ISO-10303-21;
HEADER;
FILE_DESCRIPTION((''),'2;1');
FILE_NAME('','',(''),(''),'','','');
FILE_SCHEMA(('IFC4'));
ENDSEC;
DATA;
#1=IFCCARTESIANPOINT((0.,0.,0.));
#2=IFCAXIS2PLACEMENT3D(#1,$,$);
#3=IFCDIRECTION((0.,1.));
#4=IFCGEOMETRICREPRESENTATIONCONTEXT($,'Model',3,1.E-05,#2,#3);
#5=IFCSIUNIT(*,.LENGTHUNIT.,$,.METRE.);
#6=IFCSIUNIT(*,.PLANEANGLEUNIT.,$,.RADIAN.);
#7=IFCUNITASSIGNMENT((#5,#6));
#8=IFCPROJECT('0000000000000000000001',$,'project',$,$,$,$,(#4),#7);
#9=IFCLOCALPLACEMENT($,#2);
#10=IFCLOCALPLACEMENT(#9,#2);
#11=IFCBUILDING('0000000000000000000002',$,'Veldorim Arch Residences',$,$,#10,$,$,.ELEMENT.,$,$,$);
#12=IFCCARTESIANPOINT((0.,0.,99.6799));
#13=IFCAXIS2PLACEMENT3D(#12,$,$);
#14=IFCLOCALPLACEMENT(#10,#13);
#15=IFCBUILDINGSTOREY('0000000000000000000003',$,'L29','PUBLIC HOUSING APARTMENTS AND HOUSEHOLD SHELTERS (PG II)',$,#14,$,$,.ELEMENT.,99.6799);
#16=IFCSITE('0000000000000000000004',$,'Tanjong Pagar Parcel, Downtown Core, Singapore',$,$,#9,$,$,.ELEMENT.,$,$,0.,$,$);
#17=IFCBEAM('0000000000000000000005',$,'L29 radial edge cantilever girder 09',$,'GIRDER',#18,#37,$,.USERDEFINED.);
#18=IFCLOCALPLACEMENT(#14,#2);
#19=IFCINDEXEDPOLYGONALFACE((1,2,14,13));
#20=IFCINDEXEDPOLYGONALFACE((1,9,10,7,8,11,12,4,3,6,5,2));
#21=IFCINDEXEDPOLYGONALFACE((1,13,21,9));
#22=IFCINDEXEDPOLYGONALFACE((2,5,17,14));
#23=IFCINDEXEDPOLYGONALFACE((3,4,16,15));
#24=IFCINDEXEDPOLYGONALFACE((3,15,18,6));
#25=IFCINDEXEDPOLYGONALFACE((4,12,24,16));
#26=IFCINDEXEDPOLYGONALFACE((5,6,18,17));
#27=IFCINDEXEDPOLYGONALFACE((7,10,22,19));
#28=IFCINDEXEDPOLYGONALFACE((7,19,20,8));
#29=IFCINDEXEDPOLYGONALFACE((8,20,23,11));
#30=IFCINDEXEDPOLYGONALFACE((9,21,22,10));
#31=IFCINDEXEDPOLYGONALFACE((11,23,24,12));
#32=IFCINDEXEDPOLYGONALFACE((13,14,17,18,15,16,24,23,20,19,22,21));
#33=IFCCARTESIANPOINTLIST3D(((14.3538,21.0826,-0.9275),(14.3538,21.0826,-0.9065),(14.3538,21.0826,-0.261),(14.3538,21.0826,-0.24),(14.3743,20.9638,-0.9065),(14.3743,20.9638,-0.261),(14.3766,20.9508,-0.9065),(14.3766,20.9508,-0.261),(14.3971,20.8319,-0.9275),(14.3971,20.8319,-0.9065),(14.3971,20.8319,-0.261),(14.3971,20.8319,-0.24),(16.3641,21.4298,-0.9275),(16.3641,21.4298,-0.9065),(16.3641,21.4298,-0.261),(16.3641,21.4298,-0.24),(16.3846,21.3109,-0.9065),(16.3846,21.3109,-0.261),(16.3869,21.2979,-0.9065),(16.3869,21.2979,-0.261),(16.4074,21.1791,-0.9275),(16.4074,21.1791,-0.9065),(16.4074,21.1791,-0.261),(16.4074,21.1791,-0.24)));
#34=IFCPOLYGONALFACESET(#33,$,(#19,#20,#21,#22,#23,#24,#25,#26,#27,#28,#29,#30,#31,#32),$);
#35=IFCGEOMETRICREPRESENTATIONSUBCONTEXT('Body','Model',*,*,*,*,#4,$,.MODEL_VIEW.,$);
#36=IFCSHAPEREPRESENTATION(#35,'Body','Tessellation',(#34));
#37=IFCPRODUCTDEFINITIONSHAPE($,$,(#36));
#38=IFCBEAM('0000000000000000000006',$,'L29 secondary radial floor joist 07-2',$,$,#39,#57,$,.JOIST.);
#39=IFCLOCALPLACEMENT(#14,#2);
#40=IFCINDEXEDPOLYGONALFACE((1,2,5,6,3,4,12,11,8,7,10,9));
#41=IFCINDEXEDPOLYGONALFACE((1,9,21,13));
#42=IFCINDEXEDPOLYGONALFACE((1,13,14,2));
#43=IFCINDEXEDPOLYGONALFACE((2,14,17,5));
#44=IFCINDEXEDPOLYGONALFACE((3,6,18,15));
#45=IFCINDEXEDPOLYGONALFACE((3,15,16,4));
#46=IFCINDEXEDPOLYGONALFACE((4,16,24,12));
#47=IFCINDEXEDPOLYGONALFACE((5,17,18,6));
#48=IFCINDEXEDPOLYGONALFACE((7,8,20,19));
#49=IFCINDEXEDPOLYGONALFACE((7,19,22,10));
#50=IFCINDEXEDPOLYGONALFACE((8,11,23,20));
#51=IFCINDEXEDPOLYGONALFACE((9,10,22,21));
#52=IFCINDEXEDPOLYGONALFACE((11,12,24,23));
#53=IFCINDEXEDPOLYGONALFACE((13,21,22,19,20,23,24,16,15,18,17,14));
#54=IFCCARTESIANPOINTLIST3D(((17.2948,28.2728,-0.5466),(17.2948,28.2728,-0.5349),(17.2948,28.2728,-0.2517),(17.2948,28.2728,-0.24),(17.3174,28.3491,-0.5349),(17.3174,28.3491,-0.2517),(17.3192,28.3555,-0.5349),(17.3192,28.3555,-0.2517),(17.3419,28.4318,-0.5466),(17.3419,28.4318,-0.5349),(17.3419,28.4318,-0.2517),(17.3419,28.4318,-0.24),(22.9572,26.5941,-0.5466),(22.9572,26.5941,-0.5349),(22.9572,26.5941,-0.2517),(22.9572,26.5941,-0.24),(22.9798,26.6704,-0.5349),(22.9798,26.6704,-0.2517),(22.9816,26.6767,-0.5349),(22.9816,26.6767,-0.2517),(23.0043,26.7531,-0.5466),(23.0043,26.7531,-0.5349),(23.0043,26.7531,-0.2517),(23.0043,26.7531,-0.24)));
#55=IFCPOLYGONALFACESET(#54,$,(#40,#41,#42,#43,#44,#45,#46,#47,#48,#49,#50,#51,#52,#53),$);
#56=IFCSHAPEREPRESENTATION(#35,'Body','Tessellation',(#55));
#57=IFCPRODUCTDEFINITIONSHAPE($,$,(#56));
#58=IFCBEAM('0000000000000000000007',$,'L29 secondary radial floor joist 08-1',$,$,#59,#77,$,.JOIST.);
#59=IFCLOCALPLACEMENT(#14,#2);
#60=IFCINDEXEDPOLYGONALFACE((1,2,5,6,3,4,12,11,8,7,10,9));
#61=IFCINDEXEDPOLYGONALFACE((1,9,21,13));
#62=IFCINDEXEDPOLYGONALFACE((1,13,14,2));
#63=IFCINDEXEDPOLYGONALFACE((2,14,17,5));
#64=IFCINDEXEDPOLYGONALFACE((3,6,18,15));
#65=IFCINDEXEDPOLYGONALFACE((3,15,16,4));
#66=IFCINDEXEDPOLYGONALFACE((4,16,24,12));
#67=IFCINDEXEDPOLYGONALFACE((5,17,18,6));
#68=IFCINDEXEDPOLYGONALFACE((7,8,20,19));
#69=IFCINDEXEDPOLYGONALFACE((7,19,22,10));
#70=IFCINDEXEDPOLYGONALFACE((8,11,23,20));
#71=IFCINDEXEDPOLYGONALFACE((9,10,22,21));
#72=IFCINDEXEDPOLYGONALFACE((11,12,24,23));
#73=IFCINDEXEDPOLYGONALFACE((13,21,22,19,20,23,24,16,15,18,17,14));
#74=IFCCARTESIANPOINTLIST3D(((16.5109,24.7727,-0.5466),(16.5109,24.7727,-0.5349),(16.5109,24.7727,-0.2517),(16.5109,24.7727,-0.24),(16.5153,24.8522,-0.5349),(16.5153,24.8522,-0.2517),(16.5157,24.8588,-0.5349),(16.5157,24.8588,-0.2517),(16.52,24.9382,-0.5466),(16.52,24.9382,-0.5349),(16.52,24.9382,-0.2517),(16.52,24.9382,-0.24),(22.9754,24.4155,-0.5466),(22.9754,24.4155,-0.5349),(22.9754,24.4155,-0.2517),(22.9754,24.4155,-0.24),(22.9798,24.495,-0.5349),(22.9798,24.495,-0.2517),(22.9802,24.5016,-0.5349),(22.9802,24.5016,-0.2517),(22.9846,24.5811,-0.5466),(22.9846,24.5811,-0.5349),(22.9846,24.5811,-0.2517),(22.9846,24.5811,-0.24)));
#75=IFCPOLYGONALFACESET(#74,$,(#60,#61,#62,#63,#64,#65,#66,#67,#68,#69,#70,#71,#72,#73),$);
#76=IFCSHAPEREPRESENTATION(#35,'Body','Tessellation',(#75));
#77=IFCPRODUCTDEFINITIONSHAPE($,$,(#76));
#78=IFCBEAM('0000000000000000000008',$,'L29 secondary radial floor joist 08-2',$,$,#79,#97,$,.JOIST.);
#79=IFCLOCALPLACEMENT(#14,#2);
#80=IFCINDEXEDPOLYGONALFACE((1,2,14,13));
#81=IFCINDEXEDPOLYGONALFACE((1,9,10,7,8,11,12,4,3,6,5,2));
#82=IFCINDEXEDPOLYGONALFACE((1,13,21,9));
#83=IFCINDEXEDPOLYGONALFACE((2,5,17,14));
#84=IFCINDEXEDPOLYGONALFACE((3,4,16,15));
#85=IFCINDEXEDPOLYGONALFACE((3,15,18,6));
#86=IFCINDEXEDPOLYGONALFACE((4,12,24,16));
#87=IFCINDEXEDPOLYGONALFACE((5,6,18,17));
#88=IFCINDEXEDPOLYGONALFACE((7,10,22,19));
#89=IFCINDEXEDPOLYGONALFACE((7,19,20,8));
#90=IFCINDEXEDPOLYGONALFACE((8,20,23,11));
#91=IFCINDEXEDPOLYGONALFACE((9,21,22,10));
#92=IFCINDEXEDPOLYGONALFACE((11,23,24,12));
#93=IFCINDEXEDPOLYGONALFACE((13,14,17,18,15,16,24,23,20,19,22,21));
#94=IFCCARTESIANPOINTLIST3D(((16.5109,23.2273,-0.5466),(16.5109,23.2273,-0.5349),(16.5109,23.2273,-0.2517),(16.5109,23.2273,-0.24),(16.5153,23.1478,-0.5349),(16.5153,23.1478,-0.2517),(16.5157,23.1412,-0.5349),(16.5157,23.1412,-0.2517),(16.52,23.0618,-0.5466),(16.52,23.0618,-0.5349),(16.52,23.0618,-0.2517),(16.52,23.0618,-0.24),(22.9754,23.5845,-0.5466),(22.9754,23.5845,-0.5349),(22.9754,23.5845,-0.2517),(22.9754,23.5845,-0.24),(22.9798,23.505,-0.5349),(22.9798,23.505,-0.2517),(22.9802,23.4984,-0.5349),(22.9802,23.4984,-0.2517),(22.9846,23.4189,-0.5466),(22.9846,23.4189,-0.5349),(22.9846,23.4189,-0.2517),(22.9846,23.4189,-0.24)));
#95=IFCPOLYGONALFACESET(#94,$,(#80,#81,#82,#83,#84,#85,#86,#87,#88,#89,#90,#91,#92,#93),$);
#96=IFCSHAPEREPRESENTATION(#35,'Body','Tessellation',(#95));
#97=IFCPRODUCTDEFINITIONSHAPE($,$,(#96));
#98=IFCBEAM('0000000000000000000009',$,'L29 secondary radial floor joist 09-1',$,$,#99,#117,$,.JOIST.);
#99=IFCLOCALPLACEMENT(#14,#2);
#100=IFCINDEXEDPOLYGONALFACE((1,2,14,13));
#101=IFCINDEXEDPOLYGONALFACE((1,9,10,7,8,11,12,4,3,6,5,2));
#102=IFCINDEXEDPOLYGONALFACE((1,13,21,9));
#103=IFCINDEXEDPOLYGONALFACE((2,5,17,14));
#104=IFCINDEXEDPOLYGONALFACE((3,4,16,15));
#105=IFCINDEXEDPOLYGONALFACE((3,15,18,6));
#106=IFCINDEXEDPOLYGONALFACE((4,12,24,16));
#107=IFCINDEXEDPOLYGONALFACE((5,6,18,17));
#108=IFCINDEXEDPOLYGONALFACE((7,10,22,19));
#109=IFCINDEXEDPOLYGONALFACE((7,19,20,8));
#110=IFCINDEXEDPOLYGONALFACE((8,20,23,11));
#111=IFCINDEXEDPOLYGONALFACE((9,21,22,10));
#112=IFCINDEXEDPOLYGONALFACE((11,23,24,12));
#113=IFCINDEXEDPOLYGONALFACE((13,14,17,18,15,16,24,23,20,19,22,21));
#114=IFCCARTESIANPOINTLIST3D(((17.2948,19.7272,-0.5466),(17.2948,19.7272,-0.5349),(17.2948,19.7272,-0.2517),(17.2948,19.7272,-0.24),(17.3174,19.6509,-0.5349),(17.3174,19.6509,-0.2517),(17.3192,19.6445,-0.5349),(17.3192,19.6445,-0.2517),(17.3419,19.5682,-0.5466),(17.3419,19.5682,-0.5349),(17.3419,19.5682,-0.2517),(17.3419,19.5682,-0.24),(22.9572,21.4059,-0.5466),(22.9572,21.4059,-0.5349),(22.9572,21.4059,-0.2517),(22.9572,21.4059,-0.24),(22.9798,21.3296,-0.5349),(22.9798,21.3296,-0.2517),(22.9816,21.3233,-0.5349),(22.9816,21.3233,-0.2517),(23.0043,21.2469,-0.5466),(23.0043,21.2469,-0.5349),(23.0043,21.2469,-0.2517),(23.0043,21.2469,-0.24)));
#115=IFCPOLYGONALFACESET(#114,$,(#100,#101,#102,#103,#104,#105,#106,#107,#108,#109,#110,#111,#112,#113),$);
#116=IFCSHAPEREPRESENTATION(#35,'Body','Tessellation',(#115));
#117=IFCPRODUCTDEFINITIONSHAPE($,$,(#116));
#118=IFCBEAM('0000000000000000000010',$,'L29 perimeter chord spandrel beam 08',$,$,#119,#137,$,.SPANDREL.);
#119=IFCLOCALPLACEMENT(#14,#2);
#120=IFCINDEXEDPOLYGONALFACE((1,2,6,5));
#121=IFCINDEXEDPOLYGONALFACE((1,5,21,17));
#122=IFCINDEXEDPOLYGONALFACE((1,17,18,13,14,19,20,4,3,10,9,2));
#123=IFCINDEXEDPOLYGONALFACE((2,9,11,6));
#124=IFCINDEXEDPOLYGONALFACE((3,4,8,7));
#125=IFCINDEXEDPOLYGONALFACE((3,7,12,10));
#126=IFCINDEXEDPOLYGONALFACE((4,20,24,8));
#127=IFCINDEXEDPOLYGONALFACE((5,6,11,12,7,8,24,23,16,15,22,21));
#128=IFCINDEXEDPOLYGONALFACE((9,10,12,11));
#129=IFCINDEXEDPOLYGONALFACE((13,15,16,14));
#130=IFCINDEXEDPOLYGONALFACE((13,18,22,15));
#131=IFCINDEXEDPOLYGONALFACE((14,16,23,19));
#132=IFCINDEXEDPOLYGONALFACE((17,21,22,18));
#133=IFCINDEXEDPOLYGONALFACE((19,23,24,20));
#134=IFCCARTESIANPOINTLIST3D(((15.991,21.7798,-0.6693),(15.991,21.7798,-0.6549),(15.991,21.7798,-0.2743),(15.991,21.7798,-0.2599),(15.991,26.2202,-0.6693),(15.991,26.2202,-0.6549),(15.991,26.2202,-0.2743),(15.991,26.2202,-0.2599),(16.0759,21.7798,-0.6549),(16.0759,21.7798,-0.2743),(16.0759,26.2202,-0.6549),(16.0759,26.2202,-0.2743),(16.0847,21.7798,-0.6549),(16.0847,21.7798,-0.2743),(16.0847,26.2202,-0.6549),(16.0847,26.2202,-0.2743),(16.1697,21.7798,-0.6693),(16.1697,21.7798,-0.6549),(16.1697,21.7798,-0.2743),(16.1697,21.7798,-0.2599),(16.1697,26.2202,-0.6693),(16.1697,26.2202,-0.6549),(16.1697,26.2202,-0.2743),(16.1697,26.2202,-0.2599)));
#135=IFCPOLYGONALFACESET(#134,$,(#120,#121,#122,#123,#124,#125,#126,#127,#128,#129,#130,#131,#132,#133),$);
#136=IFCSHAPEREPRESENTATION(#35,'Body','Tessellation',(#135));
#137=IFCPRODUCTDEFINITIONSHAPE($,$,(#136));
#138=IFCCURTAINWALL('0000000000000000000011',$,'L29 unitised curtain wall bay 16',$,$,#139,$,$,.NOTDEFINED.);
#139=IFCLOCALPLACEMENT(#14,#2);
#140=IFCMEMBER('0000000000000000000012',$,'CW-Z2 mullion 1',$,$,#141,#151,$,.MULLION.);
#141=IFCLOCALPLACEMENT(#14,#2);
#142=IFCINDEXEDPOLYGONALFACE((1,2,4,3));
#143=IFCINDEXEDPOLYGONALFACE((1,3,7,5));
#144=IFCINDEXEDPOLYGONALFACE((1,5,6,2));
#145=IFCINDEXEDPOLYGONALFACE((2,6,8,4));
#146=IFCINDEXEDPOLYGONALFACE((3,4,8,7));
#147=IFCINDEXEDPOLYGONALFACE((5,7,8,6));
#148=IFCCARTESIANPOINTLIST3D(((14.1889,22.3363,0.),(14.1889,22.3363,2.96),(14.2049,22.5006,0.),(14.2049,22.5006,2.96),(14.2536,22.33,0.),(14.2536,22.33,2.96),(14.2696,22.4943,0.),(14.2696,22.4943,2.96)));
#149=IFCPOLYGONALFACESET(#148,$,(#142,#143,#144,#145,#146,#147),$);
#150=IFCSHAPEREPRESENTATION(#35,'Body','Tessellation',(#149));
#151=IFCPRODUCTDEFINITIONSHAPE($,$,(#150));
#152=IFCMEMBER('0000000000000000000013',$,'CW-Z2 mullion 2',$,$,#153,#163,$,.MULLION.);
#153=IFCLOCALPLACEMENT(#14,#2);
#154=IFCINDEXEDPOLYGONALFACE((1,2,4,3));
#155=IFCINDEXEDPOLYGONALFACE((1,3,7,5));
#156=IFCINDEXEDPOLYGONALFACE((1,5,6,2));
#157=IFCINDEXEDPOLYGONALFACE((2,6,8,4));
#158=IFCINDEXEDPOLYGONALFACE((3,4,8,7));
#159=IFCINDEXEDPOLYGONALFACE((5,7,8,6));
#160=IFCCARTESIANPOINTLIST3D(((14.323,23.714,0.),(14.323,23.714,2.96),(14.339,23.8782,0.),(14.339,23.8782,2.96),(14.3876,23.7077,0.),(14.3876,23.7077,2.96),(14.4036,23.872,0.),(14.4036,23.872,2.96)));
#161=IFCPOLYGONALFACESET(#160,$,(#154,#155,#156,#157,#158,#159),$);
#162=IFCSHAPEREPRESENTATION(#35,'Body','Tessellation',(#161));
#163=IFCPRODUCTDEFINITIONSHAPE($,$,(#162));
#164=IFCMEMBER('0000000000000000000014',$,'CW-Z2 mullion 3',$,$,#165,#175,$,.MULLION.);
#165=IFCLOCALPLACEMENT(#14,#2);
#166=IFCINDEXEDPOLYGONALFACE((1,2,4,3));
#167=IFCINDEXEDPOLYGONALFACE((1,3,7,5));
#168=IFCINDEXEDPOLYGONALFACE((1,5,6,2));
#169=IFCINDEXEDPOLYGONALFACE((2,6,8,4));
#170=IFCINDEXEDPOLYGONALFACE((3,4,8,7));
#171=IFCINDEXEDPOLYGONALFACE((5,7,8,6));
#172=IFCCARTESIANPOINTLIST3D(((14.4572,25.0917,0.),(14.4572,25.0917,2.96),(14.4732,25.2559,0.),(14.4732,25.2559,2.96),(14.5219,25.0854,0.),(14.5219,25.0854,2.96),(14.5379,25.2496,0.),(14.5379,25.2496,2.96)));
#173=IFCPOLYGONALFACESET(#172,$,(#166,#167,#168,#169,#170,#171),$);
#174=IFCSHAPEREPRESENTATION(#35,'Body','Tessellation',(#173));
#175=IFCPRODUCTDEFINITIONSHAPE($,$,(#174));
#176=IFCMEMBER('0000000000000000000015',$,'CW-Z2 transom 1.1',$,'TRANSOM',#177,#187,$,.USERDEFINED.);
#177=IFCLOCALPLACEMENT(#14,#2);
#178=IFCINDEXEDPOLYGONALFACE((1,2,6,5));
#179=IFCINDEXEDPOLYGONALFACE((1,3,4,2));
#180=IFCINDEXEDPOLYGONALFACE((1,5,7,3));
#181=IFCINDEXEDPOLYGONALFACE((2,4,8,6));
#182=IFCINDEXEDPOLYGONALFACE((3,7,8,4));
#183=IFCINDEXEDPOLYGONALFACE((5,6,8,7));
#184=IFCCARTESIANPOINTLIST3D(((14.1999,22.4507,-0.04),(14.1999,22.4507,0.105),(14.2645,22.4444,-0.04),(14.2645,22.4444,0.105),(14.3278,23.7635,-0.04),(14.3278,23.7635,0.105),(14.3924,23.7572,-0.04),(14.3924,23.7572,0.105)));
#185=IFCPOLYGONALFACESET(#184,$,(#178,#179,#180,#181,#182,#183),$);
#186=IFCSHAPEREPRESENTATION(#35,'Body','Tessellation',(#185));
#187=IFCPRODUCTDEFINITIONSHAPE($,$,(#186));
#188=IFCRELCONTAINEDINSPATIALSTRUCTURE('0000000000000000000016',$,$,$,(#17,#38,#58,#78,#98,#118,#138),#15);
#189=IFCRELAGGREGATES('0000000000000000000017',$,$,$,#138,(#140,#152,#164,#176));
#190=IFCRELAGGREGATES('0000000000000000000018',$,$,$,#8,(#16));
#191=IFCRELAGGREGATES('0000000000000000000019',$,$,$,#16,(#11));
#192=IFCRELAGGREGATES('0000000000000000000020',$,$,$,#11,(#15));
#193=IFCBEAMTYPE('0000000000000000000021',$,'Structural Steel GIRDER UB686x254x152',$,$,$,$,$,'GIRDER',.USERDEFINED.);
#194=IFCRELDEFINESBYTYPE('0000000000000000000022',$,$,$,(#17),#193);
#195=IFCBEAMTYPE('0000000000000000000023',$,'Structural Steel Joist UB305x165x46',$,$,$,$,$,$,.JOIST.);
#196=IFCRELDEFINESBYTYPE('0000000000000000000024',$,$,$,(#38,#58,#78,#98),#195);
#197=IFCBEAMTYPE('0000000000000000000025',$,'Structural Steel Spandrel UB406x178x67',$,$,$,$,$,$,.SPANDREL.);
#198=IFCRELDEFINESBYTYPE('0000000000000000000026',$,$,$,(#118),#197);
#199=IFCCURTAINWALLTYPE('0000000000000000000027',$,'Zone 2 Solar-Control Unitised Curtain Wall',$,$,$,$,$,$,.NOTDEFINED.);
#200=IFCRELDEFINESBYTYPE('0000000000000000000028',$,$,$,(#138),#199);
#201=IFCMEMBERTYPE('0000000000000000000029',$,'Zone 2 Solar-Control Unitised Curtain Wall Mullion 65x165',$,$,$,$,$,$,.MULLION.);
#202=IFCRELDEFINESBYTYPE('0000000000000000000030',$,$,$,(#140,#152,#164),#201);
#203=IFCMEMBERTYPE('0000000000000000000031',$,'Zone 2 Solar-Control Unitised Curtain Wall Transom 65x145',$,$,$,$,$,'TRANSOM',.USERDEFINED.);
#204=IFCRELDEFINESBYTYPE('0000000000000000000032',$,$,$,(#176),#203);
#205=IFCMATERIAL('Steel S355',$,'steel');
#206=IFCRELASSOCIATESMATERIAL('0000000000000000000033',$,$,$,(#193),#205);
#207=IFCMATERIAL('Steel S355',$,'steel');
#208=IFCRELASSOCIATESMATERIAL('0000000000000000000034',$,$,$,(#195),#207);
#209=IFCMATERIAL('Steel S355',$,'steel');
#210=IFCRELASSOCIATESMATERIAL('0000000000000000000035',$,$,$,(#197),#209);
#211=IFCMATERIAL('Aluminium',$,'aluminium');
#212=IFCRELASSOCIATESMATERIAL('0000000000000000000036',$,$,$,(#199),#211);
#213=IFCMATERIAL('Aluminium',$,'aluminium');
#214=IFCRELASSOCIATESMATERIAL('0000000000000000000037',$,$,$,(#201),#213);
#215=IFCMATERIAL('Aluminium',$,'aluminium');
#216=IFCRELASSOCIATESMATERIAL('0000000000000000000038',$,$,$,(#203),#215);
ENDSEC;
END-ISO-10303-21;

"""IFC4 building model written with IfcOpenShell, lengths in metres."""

from ifc_helpers import new_model, si_unit, direction, frame, origin, origin_2d, place, context, subcontext, project, spatial, rectangle, i_section, extrude, material, material_profile, profile_set, type_object, element, aggregate, save


model = new_model("IFC4")

# Units and contexts
model_context = context("Model", 3, precision=1e-05, world=origin(), true_north=direction((0.0, 1.0)))
body_context = subcontext(model_context, "Body", "Model", "MODEL_VIEW")
ifc_project = project(units=[si_unit("LENGTHUNIT", "METRE"), si_unit("PLANEANGLEUNIT", "RADIAN")], contexts=[model_context])

# Site, building, storey
site_placement = place(None, origin())
site = spatial("IfcSite", under=ifc_project, at=site_placement, Name="Tanjong Pagar Parcel, Downtown Core, Singapore", CompositionType="ELEMENT", RefElevation=0.0)
building_placement = place(site_placement, origin())
building = spatial("IfcBuilding", under=site, at=building_placement, Name="Veldorim Arch Residences", CompositionType="ELEMENT")
storey_placement = place(building_placement, frame((0.0, 0.0, 99.6799)))
storey = spatial("IfcBuildingStorey", under=building, at=storey_placement, Name="L29", Description="PUBLIC HOUSING APARTMENTS AND HOUSEHOLD SHELTERS (PG II)", CompositionType="ELEMENT", Elevation=99.6799)

# Beams
ifc_material_1 = material(Name="Steel S355", Category="steel")
ifc_material_profile_1 = material_profile(ifc_material_1, i_section(OverallWidth=0.2544, OverallDepth=0.6875, WebThickness=0.0132, FlangeThickness=0.021, at=origin_2d()), Name="UB686x254x152")
ifc_profile_set_1 = profile_set([ifc_material_profile_1], Name="Steel S355")
beam_type_1 = type_object("IfcBeamType", Name="Structural Steel GIRDER UB686x254x152", ElementType="GIRDER", PredefinedType="USERDEFINED", material=ifc_profile_set_1)
beam_1_placement = place(storey_placement, frame((16.3857, 21.3044, -0.5837), z_axis=(-0.985413, -0.170179, 0.0), x_axis=(0.170179, -0.985413, 0.0)))
element("IfcBeam", 1, at=beam_1_placement, inside=storey, type_object=beam_type_1, Name="L29 radial edge cantilever girder 09", ObjectType="GIRDER", PredefinedType="USERDEFINED", context=body_context, shape_type="SweptSolid", body=[
    extrude(i_section(OverallWidth=0.2544, OverallDepth=0.6875, WebThickness=0.0132, FlangeThickness=0.021, at=origin_2d()), origin(), (0.0, 0.0, 1.0), 2.04),
])
ifc_material_2 = material(Name="Steel S355", Category="steel")
ifc_material_profile_2 = material_profile(ifc_material_2, i_section(OverallWidth=0.1658, OverallDepth=0.3066, WebThickness=0.0066, FlangeThickness=0.0117, at=origin_2d()), Name="UB305x165x46")
ifc_profile_set_2 = profile_set([ifc_material_profile_2], Name="Steel S355")
beam_type_2 = type_object("IfcBeamType", Name="Structural Steel Joist UB305x165x46", PredefinedType="JOIST", material=ifc_profile_set_2)
beam_2_placement = place(storey_placement, frame((22.9807, 26.6736, -0.3933), z_axis=(-0.958753, 0.28424, 0.0), x_axis=(-0.28424, -0.958753, 0.0)))
element("IfcBeam", 2, at=beam_2_placement, inside=storey, type_object=beam_type_2, Name="L29 secondary radial floor joist 07-2", PredefinedType="JOIST", context=body_context, shape_type="SweptSolid", body=[
    extrude(i_section(OverallWidth=0.1658, OverallDepth=0.3066, WebThickness=0.0066, FlangeThickness=0.0117, at=origin_2d()), origin(), (0.0, 0.0, 1.0), 5.906),
])
for number, where, z_axis, x_axis, name in (
    (3, (22.98, 24.4983, -0.3933), (-0.998477, 0.055167, 0.0), (-0.055167, -0.998477, 0.0), "L29 secondary radial floor joist 08-1"),
    (4, (22.98, 23.5017, -0.3933), (-0.998477, -0.055167, 0.0), (0.055167, -0.998477, 0.0), "L29 secondary radial floor joist 08-2"),
):
    element("IfcBeam", number, at=place(storey_placement, frame(where, z_axis=z_axis, x_axis=x_axis)), inside=storey, type_object=beam_type_2, Name=name, PredefinedType="JOIST", context=body_context, shape_type="SweptSolid", body=[
        extrude(i_section(OverallWidth=0.1658, OverallDepth=0.3066, WebThickness=0.0066, FlangeThickness=0.0117, at=origin_2d()), origin(), (0.0, 0.0, 1.0), 6.4744),
    ])
beam_3_placement = place(storey_placement, frame((22.9807, 21.3264, -0.3933), z_axis=(-0.958753, -0.28424, 0.0), x_axis=(0.28424, -0.958753, 0.0)))
element("IfcBeam", 5, at=beam_3_placement, inside=storey, type_object=beam_type_2, Name="L29 secondary radial floor joist 09-1", PredefinedType="JOIST", context=body_context, shape_type="SweptSolid", body=[
    extrude(i_section(OverallWidth=0.1658, OverallDepth=0.3066, WebThickness=0.0066, FlangeThickness=0.0117, at=origin_2d()), origin(), (0.0, 0.0, 1.0), 5.906),
])
ifc_material_3 = material(Name="Steel S355", Category="steel")
ifc_material_profile_3 = material_profile(ifc_material_3, i_section(OverallWidth=0.1787, OverallDepth=0.4094, WebThickness=0.0088, FlangeThickness=0.0144, at=origin_2d()), Name="UB406x178x67")
ifc_profile_set_3 = profile_set([ifc_material_profile_3], Name="Steel S355")
beam_type_3 = type_object("IfcBeamType", Name="Structural Steel Spandrel UB406x178x67", PredefinedType="SPANDREL", material=ifc_profile_set_3)
beam_4_placement = place(storey_placement, frame((16.0803, 26.2202, -0.4646), z_axis=(0.0, -1.0, 0.0), x_axis=(1.0, 0.0, 0.0)))
element("IfcBeam", 6, at=beam_4_placement, inside=storey, type_object=beam_type_3, Name="L29 perimeter chord spandrel beam 08", PredefinedType="SPANDREL", context=body_context, shape_type="SweptSolid", body=[
    extrude(i_section(OverallWidth=0.1787, OverallDepth=0.4094, WebThickness=0.0088, FlangeThickness=0.0144, at=origin_2d()), origin(), (0.0, 0.0, 1.0), 4.4404),
])

# Curtain wall, members
ifc_material_4 = material(Name="Aluminium", Category="aluminium")
curtain_wall_type = type_object("IfcCurtainWallType", Name="Zone 2 Solar-Control Unitised Curtain Wall", PredefinedType="NOTDEFINED", material=ifc_material_4)
curtain_wall_placement = place(storey_placement, origin())
curtain_wall = element("IfcCurtainWall", 7, at=curtain_wall_placement, inside=storey, type_object=curtain_wall_type, Name="L29 unitised curtain wall bay 16", PredefinedType="NOTDEFINED")
ifc_material_5 = material(Name="Aluminium", Category="aluminium")
ifc_material_profile_4 = material_profile(ifc_material_5, rectangle(XDim=0.0649, YDim=0.165, at=origin_2d()), Name="ALU_MUL_65x165")
ifc_profile_set_4 = profile_set([ifc_material_profile_4], Name="Aluminium")
member_type_1 = type_object("IfcMemberType", Name="Zone 2 Solar-Control Unitised Curtain Wall Mullion 65x165", PredefinedType="MULLION", material=ifc_profile_set_4)
member_1_placement = place(storey_placement, frame((14.2292, 22.4153, 0.0), z_axis=(0.0, 0.0, 1.0), x_axis=(-0.995293, 0.096914, 0.0)))
member_1 = element("IfcMember", 8, at=member_1_placement, type_object=member_type_1, Name="CW-Z2 mullion 1", PredefinedType="MULLION", context=body_context, shape_type="SweptSolid", body=[
    extrude(rectangle(XDim=0.0649, YDim=0.165, at=origin_2d()), origin(), (0.0, 0.0, 1.0), 2.96),
])
member_2_placement = place(storey_placement, frame((14.3633, 23.793, 0.0), z_axis=(0.0, 0.0, 1.0), x_axis=(-0.995293, 0.096914, 0.0)))
member_2 = element("IfcMember", 9, at=member_2_placement, type_object=member_type_1, Name="CW-Z2 mullion 2", PredefinedType="MULLION", context=body_context, shape_type="SweptSolid", body=[
    extrude(rectangle(XDim=0.0649, YDim=0.165, at=origin_2d()), origin(), (0.0, 0.0, 1.0), 2.96),
])
member_3_placement = place(storey_placement, frame((14.4976, 25.1707, 0.0), z_axis=(0.0, 0.0, 1.0), x_axis=(-0.995293, 0.096914, 0.0)))
member_3 = element("IfcMember", 10, at=member_3_placement, type_object=member_type_1, Name="CW-Z2 mullion 3", PredefinedType="MULLION", context=body_context, shape_type="SweptSolid", body=[
    extrude(rectangle(XDim=0.0649, YDim=0.165, at=origin_2d()), origin(), (0.0, 0.0, 1.0), 2.96),
])
ifc_material_6 = material(Name="Aluminium", Category="aluminium")
ifc_material_profile_5 = material_profile(ifc_material_6, rectangle(XDim=0.0649, YDim=0.145, at=origin_2d()), Name="ALU_TRN_65x145")
ifc_profile_set_5 = profile_set([ifc_material_profile_5], Name="Aluminium")
member_type_2 = type_object("IfcMemberType", Name="Zone 2 Solar-Control Unitised Curtain Wall Transom 65x145", ElementType="TRANSOM", PredefinedType="USERDEFINED", material=ifc_profile_set_5)
member_4_placement = place(storey_placement, frame((14.2322, 22.4475, 0.0325), z_axis=(0.096975, 0.995287, 0.0), x_axis=(-0.995287, 0.096975, 0.0)))
member_4 = element("IfcMember", 11, at=member_4_placement, type_object=member_type_2, Name="CW-Z2 transom 1.1", ObjectType="TRANSOM", PredefinedType="USERDEFINED", context=body_context, shape_type="SweptSolid", body=[
    extrude(rectangle(XDim=0.0649, YDim=0.145, at=origin_2d()), origin(), (0.0, 0.0, 1.0), 1.3191),
])
aggregate(curtain_wall, [member_1, member_2, member_3, member_4])

save(model, "model.ifc")
